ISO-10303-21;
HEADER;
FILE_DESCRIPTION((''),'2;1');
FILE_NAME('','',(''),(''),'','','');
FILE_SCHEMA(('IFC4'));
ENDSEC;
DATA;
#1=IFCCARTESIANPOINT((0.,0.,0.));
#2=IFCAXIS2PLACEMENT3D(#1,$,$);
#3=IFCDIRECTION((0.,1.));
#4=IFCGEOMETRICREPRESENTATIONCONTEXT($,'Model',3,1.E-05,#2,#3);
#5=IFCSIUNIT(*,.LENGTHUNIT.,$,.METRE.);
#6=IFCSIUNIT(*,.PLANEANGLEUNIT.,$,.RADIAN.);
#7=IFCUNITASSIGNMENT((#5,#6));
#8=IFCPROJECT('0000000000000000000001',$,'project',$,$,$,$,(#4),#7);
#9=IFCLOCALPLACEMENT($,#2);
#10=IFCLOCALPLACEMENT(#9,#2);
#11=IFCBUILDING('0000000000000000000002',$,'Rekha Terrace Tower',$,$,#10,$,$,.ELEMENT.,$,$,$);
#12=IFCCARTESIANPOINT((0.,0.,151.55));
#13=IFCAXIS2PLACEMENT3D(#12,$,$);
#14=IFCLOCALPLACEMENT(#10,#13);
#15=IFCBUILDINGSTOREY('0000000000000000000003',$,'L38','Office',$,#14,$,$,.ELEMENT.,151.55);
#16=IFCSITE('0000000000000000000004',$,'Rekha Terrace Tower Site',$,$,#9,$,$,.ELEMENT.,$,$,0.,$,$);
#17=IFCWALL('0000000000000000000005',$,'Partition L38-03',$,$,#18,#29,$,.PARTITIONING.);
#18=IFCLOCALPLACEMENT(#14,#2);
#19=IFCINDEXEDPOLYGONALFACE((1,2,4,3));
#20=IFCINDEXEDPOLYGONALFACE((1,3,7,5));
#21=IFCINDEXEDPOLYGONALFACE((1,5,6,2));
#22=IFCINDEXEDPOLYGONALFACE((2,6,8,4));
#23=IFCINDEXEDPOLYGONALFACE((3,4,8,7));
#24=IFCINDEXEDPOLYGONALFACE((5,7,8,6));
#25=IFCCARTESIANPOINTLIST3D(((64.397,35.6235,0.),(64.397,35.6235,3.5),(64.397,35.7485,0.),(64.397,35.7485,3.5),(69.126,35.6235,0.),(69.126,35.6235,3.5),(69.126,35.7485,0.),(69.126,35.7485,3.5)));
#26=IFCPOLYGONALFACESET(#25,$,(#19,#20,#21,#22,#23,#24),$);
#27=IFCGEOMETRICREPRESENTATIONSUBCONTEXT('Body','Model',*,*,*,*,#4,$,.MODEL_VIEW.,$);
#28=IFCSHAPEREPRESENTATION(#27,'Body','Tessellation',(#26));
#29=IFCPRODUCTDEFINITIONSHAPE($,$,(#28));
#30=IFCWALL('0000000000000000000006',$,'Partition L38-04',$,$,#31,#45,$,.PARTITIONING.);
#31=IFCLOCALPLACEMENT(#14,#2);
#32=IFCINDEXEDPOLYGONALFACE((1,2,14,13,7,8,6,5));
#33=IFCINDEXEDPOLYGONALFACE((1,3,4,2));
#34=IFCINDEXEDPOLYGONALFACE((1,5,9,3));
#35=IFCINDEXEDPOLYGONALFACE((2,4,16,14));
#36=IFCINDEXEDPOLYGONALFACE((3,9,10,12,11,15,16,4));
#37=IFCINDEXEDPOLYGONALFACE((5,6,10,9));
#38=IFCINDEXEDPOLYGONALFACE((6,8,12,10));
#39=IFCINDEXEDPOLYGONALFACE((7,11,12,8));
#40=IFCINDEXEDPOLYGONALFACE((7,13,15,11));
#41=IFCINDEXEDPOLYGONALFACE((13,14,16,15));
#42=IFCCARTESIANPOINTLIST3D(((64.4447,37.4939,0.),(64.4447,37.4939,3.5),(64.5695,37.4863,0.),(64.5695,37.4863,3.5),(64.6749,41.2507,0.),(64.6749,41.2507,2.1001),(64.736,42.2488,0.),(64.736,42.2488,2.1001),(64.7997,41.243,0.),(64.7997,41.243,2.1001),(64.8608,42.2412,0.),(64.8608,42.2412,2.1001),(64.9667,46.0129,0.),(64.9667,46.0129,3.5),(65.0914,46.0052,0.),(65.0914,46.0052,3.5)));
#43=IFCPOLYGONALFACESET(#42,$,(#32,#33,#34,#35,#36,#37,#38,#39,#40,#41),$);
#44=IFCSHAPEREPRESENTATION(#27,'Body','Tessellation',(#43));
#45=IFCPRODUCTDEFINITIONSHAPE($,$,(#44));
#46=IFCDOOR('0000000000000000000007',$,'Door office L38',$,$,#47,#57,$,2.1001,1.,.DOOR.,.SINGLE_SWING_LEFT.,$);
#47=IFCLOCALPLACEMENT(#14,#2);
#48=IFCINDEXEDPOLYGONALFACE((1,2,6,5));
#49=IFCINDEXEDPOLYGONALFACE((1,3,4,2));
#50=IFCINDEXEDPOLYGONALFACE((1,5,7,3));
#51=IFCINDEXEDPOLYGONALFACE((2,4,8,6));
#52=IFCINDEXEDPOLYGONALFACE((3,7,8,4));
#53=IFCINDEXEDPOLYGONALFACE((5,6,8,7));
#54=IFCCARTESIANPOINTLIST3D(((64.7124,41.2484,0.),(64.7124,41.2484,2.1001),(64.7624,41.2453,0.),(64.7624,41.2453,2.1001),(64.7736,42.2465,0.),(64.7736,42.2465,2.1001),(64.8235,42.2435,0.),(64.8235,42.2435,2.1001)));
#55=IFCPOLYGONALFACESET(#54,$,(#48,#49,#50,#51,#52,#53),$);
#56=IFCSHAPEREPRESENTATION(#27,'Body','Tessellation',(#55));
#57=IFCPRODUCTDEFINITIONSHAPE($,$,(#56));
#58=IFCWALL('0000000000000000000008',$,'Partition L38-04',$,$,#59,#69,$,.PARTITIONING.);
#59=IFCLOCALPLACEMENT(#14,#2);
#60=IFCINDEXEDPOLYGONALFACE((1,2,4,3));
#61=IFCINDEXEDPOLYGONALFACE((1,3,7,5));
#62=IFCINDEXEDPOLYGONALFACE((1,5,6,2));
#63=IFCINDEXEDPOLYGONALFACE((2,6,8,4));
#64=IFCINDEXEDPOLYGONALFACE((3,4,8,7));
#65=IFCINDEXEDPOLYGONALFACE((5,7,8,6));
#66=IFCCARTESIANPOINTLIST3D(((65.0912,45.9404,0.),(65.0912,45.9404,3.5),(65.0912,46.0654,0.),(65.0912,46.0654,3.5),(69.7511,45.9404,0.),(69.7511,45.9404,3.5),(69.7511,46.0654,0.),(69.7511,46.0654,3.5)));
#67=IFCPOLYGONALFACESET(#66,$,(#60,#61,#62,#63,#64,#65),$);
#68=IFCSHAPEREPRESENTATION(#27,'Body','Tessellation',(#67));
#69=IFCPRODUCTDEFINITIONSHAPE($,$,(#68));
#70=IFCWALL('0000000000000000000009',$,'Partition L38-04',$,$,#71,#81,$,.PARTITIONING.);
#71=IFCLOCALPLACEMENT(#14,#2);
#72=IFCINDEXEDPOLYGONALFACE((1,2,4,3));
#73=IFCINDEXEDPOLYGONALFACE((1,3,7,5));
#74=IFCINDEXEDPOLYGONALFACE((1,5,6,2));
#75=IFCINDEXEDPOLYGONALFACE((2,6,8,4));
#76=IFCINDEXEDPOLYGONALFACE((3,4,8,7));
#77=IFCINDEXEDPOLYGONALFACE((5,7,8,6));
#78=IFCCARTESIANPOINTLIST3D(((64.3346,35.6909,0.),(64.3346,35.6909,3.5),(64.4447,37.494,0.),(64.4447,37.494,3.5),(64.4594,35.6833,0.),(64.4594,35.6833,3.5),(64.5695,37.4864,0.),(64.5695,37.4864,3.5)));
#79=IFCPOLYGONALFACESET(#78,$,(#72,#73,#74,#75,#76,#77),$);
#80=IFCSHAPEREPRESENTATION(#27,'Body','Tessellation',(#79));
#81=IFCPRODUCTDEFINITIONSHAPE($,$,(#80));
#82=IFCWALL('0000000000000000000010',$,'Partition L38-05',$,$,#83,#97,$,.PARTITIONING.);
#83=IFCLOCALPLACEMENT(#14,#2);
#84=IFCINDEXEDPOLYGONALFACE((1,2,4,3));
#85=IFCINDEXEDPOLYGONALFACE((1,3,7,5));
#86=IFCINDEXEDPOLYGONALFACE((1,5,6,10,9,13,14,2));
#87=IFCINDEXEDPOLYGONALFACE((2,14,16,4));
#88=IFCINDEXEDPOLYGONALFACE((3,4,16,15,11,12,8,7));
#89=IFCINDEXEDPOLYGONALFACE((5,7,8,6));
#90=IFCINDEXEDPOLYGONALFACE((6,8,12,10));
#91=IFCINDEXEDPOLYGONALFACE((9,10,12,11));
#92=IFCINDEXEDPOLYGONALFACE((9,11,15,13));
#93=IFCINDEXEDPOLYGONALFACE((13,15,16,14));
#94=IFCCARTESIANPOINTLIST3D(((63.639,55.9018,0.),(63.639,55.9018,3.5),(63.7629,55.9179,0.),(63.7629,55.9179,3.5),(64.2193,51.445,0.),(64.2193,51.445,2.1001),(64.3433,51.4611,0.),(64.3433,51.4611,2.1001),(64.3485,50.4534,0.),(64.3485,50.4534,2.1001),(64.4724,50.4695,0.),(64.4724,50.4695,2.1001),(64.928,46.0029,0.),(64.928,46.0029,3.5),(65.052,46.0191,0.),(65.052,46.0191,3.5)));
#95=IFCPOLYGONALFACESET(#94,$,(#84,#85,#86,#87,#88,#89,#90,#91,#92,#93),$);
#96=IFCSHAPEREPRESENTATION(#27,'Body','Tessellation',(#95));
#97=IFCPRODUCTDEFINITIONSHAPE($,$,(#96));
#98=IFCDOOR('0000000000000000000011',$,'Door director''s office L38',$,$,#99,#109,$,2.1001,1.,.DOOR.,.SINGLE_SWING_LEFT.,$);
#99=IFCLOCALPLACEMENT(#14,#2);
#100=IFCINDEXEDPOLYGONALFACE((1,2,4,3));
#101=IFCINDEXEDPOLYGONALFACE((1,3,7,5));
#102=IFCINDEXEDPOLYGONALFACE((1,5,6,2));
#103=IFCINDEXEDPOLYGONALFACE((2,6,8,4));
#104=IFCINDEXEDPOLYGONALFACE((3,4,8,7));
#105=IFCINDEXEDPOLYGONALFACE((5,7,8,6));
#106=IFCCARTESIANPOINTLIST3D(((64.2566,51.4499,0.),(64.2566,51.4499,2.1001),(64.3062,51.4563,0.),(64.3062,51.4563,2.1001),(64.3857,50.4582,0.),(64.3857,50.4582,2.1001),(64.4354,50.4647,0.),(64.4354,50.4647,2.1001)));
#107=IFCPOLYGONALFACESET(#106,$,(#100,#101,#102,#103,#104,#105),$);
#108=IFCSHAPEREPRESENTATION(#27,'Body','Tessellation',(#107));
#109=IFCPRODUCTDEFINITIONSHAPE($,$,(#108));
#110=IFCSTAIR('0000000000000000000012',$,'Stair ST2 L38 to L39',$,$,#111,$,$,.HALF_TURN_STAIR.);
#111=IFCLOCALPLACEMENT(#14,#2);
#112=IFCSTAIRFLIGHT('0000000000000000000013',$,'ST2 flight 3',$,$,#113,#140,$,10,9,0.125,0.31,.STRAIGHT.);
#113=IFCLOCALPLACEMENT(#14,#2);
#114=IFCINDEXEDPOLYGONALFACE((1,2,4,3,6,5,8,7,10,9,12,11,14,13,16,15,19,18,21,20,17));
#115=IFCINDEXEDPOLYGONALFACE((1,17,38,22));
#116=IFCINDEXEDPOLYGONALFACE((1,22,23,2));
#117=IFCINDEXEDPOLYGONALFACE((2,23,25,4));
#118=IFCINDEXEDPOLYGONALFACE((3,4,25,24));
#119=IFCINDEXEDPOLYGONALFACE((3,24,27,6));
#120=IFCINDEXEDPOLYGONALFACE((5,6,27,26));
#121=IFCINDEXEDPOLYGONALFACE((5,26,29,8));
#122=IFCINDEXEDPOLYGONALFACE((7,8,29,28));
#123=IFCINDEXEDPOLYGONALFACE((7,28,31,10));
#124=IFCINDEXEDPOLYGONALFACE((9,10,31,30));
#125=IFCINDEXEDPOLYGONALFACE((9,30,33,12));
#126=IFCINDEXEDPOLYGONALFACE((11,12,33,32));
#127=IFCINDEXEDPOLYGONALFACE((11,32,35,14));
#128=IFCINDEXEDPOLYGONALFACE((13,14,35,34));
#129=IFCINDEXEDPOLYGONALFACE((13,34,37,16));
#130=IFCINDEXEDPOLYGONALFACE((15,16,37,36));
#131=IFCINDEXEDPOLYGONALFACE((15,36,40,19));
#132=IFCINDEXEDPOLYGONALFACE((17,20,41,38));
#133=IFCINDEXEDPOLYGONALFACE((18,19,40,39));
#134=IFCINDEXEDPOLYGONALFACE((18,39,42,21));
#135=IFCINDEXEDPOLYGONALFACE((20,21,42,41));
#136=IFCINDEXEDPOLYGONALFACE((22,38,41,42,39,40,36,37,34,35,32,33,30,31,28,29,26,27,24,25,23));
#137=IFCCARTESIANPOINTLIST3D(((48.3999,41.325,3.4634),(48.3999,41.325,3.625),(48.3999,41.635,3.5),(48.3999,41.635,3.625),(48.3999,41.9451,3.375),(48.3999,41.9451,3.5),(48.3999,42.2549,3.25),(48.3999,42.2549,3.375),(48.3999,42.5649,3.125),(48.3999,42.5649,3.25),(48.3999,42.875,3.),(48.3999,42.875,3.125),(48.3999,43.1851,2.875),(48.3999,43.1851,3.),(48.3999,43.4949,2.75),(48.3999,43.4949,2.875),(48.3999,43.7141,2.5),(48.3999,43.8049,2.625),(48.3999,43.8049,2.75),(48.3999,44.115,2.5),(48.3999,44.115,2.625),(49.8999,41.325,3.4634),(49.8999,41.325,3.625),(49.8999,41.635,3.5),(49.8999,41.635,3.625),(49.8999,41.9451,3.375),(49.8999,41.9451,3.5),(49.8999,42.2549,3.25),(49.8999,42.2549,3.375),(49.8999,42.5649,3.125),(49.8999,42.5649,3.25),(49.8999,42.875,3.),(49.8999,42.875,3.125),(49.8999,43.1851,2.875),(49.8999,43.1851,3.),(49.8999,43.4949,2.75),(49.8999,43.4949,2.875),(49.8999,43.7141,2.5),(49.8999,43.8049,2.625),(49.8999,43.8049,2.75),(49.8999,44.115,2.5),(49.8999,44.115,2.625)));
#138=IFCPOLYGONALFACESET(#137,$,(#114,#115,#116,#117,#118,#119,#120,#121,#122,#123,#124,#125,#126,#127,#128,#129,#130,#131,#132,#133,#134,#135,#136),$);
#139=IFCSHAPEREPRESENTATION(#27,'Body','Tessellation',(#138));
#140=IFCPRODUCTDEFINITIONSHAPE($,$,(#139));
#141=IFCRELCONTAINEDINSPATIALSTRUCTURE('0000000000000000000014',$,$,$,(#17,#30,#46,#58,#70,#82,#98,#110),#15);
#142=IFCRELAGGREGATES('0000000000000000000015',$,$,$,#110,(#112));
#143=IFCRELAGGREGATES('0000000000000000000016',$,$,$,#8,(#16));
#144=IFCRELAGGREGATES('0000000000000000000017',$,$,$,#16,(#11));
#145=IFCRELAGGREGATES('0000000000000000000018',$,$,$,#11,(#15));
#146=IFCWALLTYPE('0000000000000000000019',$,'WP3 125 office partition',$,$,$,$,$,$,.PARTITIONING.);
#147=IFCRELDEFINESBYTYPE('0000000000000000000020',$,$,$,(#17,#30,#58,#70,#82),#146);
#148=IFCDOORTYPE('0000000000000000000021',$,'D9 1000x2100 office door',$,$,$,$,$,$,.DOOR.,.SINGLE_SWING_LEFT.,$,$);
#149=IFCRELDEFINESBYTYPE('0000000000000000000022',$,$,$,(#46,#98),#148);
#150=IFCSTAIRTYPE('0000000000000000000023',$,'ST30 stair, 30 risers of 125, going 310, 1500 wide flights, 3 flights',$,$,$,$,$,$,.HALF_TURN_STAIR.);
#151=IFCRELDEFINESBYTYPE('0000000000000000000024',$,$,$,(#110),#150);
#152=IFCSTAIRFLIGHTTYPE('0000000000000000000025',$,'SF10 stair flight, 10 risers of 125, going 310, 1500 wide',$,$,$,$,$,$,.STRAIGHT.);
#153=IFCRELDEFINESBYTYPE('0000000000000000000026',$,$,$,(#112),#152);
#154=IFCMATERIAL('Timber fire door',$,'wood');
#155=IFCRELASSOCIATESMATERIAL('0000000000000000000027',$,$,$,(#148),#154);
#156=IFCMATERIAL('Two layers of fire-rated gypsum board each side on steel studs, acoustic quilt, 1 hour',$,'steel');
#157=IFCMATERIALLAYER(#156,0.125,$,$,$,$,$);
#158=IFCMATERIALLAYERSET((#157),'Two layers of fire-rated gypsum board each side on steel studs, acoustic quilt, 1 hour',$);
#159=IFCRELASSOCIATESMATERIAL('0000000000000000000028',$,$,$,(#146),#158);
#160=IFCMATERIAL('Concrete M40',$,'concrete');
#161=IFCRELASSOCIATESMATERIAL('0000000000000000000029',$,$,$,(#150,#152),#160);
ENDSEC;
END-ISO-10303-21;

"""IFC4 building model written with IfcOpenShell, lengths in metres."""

from ifc_helpers import new_model, si_unit, direction, frame, frame_2d, origin, place, context, subcontext, project, spatial, polyline, rectangle, outline, extrude, material, layer, layer_set, type_object, element, fill, aggregate, save


model = new_model("IFC4")

# Units and contexts
model_context = context("Model", 3, precision=1e-05, world=origin(), true_north=direction((0.0, 1.0)))
body_context = subcontext(model_context, "Body", "Model", "MODEL_VIEW")
ifc_project = project(units=[si_unit("LENGTHUNIT", "METRE"), si_unit("PLANEANGLEUNIT", "RADIAN")], contexts=[model_context])

# Site, building, storey
site_placement = place(None, origin())
site = spatial("IfcSite", under=ifc_project, at=site_placement, Name="Rekha Terrace Tower Site", CompositionType="ELEMENT", RefElevation=0.0)
building_placement = place(site_placement, origin())
building = spatial("IfcBuilding", under=site, at=building_placement, Name="Rekha Terrace Tower", CompositionType="ELEMENT")
storey_placement = place(building_placement, frame((0.0, 0.0, 151.55)))
storey = spatial("IfcBuildingStorey", under=building, at=storey_placement, Name="L38", Description="Office", CompositionType="ELEMENT", Elevation=151.55)

# Shared definitions
ifc_material_1 = material(Name="Timber fire door", Category="wood")
door_type = type_object("IfcDoorType", Name="D9 1000x2100 office door", OperationType="SINGLE_SWING_LEFT", PredefinedType="DOOR", material=ifc_material_1)

# Wall
ifc_material_2 = material(Name="Two layers of fire-rated gypsum board each side on steel studs, acoustic quilt, 1 hour", Category="steel")
ifc_layer_1 = layer(ifc_material_2, 0.125)
ifc_layer_set_1 = layer_set([ifc_layer_1], Name="Two layers of fire-rated gypsum board each side on steel studs, acoustic quilt, 1 hour")
wall_type_1 = type_object("IfcWallType", Name="WP3 125 office partition", PredefinedType="PARTITIONING", material=ifc_layer_set_1)
wall_1_placement = place(storey_placement, frame((64.397, 35.686, 0.0), z_axis=(0.0, 0.0, 1.0), x_axis=(1.0, 0.0, 0.0)))
element("IfcWall", 1, at=wall_1_placement, inside=storey, type_object=wall_type_1, Name="Partition L38-03", PredefinedType="PARTITIONING", context=body_context, shape_type="SweptSolid", body=[
    extrude(rectangle(XDim=4.729, YDim=0.125, at=frame_2d((2.3645, 0.0))), origin(), (0.0, 0.0, 1.0), 3.5),
])

# Wall, opening, door
wall_2_placement = place(storey_placement, frame((64.5071, 37.49, 0.0), z_axis=(0.0, 0.0, 1.0), x_axis=(0.061157, 0.998128, 0.0)))
wall_2 = element("IfcWall", 2, at=wall_2_placement, inside=storey, type_object=wall_type_1, Name="Partition L38-04", PredefinedType="PARTITIONING", context=body_context, shape_type="SweptSolid", body=[
    extrude(rectangle(XDim=8.5349, YDim=0.125, at=frame_2d((4.2676, 0.0))), origin(), (0.0, 0.0, 1.0), 3.5),
])
opening_1_placement = place(wall_2_placement, frame((3.7639, 0.0, 0.0)))
opening_1 = element("IfcOpeningElement", 3, at=opening_1_placement, cuts=wall_2, PredefinedType="OPENING", context=body_context, shape_type="SweptSolid", body=[
    extrude(rectangle(XDim=1.0, YDim=2.1001, at=frame_2d((0.5, 1.05))), frame((0.0, 0.0725, 0.0), z_axis=(0.0, -1.0, 0.0), x_axis=(1.0, 0.0, 0.0)), (0.0, 0.0, 1.0), 0.145),
])
door_1_placement = place(opening_1_placement, origin())
door_1 = element("IfcDoor", 4, at=door_1_placement, inside=storey, type_object=door_type, Name="Door office L38", OperationType="SINGLE_SWING_LEFT", OverallHeight=2.1001, OverallWidth=1.0, PredefinedType="DOOR", context=body_context, shape_type="SweptSolid", body=[
    extrude(rectangle(XDim=1.0, YDim=2.1001, at=frame_2d((0.5, 1.05))), frame((0.0, 0.0249, 0.0), z_axis=(0.0, -1.0, 0.0), x_axis=(1.0, 0.0, 0.0)), (0.0, 0.0, 1.0), 0.05),
])
fill(opening_1, door_1)

# Walls
wall_3_placement = place(storey_placement, frame((65.0911, 46.0029, 0.0), z_axis=(0.0, 0.0, 1.0), x_axis=(1.0, 0.0, 0.0)))
element("IfcWall", 5, at=wall_3_placement, inside=storey, type_object=wall_type_1, Name="Partition L38-04", PredefinedType="PARTITIONING", context=body_context, shape_type="SweptSolid", body=[
    extrude(rectangle(XDim=4.6599, YDim=0.125, at=frame_2d((2.3301, 0.0))), origin(), (0.0, 0.0, 1.0), 3.5),
])
wall_4_placement = place(storey_placement, frame((64.397, 35.687, 0.0), z_axis=(0.0, 0.0, 1.0), x_axis=(0.060956, 0.99814, 0.0)))
element("IfcWall", 6, at=wall_4_placement, inside=storey, type_object=wall_type_1, Name="Partition L38-04", PredefinedType="PARTITIONING", context=body_context, shape_type="SweptSolid", body=[
    extrude(rectangle(XDim=1.8064, YDim=0.125, at=frame_2d((0.9033, 0.0))), origin(), (0.0, 0.0, 1.0), 3.5),
])

# Wall, opening, door
wall_5_placement = place(storey_placement, frame((64.99, 46.011, 0.0), z_axis=(0.0, 0.0, 1.0), x_axis=(-0.129132, 0.991627, 0.0)))
wall_5 = element("IfcWall", 7, at=wall_5_placement, inside=storey, type_object=wall_type_1, Name="Partition L38-05", PredefinedType="PARTITIONING", context=body_context, shape_type="SweptSolid", body=[
    extrude(rectangle(XDim=9.9824, YDim=0.125, at=frame_2d((4.9912, 0.0))), origin(), (0.0, 0.0, 1.0), 3.5),
])
opening_2_placement = place(wall_5_placement, frame((4.488, 0.0, 0.0)))
opening_2 = element("IfcOpeningElement", 8, at=opening_2_placement, cuts=wall_5, PredefinedType="OPENING", context=body_context, shape_type="SweptSolid", body=[
    extrude(rectangle(XDim=1.0, YDim=2.1001, at=frame_2d((0.5, 1.05))), frame((0.0, 0.0725, 0.0), z_axis=(0.0, -1.0, 0.0), x_axis=(1.0, 0.0, 0.0)), (0.0, 0.0, 1.0), 0.145),
])
door_2_placement = place(opening_2_placement, origin())
door_2 = element("IfcDoor", 9, at=door_2_placement, inside=storey, type_object=door_type, Name="Door director's office L38", OperationType="SINGLE_SWING_LEFT", OverallHeight=2.1001, OverallWidth=1.0, PredefinedType="DOOR", context=body_context, shape_type="SweptSolid", body=[
    extrude(rectangle(XDim=1.0, YDim=2.1001, at=frame_2d((0.5, 1.05))), frame((0.0, 0.0249, 0.0), z_axis=(0.0, -1.0, 0.0), x_axis=(1.0, 0.0, 0.0)), (0.0, 0.0, 1.0), 0.05),
])
fill(opening_2, door_2)

# Stair, stair flight
ifc_material_3 = material(Name="Concrete M40", Category="concrete")
stair_type = type_object("IfcStairType", Name="ST30 stair, 30 risers of 125, going 310, 1500 wide flights, 3 flights", PredefinedType="HALF_TURN_STAIR", material=ifc_material_3)
stair_placement = place(storey_placement, origin())
stair = element("IfcStair", 10, at=stair_placement, inside=storey, type_object=stair_type, Name="Stair ST2 L38 to L39", PredefinedType="HALF_TURN_STAIR")
stair_flight_type = type_object("IfcStairFlightType", Name="SF10 stair flight, 10 risers of 125, going 310, 1500 wide", PredefinedType="STRAIGHT", material=ifc_material_3)
stair_flight_placement = place(storey_placement, frame((49.1499, 44.115, 2.5), z_axis=(0.0, 0.0, 1.0), x_axis=(0.0, -1.0, 0.0)))
stair_flight = element("IfcStairFlight", 11, at=stair_flight_placement, type_object=stair_flight_type, Name="ST2 flight 3", NumberOfRisers=10, NumberOfTreads=9, PredefinedType="STRAIGHT", RiserHeight=0.125, TreadLength=0.31, context=body_context, shape_type="SweptSolid", body=[
    extrude(outline(polyline([(0.0, 0.0), (0.0, 0.125), (0.3101, 0.125), (0.3101, 0.25), (0.6201, 0.25), (0.6201, 0.375), (0.9299, 0.375), (0.9299, 0.5), (1.24, 0.5), (1.24, 0.625), (1.55, 0.625), (1.55, 0.75), (1.8601, 0.75), (1.8601, 0.875), (2.1699, 0.875), (2.1699, 1.0), (2.48, 1.0), (2.48, 1.125), (2.79, 1.125), (2.79, 1.25), (2.79, 0.9634), (0.4009, 0.0), (0.0, 0.0)])), frame((0.0, 0.75, 0.0), z_axis=(0.0, -1.0, 0.0), x_axis=(1.0, 0.0, 0.0)), (0.0, 0.0, 1.0), 1.5),
])
aggregate(stair, [stair_flight])

save(model, "model.ifc")
